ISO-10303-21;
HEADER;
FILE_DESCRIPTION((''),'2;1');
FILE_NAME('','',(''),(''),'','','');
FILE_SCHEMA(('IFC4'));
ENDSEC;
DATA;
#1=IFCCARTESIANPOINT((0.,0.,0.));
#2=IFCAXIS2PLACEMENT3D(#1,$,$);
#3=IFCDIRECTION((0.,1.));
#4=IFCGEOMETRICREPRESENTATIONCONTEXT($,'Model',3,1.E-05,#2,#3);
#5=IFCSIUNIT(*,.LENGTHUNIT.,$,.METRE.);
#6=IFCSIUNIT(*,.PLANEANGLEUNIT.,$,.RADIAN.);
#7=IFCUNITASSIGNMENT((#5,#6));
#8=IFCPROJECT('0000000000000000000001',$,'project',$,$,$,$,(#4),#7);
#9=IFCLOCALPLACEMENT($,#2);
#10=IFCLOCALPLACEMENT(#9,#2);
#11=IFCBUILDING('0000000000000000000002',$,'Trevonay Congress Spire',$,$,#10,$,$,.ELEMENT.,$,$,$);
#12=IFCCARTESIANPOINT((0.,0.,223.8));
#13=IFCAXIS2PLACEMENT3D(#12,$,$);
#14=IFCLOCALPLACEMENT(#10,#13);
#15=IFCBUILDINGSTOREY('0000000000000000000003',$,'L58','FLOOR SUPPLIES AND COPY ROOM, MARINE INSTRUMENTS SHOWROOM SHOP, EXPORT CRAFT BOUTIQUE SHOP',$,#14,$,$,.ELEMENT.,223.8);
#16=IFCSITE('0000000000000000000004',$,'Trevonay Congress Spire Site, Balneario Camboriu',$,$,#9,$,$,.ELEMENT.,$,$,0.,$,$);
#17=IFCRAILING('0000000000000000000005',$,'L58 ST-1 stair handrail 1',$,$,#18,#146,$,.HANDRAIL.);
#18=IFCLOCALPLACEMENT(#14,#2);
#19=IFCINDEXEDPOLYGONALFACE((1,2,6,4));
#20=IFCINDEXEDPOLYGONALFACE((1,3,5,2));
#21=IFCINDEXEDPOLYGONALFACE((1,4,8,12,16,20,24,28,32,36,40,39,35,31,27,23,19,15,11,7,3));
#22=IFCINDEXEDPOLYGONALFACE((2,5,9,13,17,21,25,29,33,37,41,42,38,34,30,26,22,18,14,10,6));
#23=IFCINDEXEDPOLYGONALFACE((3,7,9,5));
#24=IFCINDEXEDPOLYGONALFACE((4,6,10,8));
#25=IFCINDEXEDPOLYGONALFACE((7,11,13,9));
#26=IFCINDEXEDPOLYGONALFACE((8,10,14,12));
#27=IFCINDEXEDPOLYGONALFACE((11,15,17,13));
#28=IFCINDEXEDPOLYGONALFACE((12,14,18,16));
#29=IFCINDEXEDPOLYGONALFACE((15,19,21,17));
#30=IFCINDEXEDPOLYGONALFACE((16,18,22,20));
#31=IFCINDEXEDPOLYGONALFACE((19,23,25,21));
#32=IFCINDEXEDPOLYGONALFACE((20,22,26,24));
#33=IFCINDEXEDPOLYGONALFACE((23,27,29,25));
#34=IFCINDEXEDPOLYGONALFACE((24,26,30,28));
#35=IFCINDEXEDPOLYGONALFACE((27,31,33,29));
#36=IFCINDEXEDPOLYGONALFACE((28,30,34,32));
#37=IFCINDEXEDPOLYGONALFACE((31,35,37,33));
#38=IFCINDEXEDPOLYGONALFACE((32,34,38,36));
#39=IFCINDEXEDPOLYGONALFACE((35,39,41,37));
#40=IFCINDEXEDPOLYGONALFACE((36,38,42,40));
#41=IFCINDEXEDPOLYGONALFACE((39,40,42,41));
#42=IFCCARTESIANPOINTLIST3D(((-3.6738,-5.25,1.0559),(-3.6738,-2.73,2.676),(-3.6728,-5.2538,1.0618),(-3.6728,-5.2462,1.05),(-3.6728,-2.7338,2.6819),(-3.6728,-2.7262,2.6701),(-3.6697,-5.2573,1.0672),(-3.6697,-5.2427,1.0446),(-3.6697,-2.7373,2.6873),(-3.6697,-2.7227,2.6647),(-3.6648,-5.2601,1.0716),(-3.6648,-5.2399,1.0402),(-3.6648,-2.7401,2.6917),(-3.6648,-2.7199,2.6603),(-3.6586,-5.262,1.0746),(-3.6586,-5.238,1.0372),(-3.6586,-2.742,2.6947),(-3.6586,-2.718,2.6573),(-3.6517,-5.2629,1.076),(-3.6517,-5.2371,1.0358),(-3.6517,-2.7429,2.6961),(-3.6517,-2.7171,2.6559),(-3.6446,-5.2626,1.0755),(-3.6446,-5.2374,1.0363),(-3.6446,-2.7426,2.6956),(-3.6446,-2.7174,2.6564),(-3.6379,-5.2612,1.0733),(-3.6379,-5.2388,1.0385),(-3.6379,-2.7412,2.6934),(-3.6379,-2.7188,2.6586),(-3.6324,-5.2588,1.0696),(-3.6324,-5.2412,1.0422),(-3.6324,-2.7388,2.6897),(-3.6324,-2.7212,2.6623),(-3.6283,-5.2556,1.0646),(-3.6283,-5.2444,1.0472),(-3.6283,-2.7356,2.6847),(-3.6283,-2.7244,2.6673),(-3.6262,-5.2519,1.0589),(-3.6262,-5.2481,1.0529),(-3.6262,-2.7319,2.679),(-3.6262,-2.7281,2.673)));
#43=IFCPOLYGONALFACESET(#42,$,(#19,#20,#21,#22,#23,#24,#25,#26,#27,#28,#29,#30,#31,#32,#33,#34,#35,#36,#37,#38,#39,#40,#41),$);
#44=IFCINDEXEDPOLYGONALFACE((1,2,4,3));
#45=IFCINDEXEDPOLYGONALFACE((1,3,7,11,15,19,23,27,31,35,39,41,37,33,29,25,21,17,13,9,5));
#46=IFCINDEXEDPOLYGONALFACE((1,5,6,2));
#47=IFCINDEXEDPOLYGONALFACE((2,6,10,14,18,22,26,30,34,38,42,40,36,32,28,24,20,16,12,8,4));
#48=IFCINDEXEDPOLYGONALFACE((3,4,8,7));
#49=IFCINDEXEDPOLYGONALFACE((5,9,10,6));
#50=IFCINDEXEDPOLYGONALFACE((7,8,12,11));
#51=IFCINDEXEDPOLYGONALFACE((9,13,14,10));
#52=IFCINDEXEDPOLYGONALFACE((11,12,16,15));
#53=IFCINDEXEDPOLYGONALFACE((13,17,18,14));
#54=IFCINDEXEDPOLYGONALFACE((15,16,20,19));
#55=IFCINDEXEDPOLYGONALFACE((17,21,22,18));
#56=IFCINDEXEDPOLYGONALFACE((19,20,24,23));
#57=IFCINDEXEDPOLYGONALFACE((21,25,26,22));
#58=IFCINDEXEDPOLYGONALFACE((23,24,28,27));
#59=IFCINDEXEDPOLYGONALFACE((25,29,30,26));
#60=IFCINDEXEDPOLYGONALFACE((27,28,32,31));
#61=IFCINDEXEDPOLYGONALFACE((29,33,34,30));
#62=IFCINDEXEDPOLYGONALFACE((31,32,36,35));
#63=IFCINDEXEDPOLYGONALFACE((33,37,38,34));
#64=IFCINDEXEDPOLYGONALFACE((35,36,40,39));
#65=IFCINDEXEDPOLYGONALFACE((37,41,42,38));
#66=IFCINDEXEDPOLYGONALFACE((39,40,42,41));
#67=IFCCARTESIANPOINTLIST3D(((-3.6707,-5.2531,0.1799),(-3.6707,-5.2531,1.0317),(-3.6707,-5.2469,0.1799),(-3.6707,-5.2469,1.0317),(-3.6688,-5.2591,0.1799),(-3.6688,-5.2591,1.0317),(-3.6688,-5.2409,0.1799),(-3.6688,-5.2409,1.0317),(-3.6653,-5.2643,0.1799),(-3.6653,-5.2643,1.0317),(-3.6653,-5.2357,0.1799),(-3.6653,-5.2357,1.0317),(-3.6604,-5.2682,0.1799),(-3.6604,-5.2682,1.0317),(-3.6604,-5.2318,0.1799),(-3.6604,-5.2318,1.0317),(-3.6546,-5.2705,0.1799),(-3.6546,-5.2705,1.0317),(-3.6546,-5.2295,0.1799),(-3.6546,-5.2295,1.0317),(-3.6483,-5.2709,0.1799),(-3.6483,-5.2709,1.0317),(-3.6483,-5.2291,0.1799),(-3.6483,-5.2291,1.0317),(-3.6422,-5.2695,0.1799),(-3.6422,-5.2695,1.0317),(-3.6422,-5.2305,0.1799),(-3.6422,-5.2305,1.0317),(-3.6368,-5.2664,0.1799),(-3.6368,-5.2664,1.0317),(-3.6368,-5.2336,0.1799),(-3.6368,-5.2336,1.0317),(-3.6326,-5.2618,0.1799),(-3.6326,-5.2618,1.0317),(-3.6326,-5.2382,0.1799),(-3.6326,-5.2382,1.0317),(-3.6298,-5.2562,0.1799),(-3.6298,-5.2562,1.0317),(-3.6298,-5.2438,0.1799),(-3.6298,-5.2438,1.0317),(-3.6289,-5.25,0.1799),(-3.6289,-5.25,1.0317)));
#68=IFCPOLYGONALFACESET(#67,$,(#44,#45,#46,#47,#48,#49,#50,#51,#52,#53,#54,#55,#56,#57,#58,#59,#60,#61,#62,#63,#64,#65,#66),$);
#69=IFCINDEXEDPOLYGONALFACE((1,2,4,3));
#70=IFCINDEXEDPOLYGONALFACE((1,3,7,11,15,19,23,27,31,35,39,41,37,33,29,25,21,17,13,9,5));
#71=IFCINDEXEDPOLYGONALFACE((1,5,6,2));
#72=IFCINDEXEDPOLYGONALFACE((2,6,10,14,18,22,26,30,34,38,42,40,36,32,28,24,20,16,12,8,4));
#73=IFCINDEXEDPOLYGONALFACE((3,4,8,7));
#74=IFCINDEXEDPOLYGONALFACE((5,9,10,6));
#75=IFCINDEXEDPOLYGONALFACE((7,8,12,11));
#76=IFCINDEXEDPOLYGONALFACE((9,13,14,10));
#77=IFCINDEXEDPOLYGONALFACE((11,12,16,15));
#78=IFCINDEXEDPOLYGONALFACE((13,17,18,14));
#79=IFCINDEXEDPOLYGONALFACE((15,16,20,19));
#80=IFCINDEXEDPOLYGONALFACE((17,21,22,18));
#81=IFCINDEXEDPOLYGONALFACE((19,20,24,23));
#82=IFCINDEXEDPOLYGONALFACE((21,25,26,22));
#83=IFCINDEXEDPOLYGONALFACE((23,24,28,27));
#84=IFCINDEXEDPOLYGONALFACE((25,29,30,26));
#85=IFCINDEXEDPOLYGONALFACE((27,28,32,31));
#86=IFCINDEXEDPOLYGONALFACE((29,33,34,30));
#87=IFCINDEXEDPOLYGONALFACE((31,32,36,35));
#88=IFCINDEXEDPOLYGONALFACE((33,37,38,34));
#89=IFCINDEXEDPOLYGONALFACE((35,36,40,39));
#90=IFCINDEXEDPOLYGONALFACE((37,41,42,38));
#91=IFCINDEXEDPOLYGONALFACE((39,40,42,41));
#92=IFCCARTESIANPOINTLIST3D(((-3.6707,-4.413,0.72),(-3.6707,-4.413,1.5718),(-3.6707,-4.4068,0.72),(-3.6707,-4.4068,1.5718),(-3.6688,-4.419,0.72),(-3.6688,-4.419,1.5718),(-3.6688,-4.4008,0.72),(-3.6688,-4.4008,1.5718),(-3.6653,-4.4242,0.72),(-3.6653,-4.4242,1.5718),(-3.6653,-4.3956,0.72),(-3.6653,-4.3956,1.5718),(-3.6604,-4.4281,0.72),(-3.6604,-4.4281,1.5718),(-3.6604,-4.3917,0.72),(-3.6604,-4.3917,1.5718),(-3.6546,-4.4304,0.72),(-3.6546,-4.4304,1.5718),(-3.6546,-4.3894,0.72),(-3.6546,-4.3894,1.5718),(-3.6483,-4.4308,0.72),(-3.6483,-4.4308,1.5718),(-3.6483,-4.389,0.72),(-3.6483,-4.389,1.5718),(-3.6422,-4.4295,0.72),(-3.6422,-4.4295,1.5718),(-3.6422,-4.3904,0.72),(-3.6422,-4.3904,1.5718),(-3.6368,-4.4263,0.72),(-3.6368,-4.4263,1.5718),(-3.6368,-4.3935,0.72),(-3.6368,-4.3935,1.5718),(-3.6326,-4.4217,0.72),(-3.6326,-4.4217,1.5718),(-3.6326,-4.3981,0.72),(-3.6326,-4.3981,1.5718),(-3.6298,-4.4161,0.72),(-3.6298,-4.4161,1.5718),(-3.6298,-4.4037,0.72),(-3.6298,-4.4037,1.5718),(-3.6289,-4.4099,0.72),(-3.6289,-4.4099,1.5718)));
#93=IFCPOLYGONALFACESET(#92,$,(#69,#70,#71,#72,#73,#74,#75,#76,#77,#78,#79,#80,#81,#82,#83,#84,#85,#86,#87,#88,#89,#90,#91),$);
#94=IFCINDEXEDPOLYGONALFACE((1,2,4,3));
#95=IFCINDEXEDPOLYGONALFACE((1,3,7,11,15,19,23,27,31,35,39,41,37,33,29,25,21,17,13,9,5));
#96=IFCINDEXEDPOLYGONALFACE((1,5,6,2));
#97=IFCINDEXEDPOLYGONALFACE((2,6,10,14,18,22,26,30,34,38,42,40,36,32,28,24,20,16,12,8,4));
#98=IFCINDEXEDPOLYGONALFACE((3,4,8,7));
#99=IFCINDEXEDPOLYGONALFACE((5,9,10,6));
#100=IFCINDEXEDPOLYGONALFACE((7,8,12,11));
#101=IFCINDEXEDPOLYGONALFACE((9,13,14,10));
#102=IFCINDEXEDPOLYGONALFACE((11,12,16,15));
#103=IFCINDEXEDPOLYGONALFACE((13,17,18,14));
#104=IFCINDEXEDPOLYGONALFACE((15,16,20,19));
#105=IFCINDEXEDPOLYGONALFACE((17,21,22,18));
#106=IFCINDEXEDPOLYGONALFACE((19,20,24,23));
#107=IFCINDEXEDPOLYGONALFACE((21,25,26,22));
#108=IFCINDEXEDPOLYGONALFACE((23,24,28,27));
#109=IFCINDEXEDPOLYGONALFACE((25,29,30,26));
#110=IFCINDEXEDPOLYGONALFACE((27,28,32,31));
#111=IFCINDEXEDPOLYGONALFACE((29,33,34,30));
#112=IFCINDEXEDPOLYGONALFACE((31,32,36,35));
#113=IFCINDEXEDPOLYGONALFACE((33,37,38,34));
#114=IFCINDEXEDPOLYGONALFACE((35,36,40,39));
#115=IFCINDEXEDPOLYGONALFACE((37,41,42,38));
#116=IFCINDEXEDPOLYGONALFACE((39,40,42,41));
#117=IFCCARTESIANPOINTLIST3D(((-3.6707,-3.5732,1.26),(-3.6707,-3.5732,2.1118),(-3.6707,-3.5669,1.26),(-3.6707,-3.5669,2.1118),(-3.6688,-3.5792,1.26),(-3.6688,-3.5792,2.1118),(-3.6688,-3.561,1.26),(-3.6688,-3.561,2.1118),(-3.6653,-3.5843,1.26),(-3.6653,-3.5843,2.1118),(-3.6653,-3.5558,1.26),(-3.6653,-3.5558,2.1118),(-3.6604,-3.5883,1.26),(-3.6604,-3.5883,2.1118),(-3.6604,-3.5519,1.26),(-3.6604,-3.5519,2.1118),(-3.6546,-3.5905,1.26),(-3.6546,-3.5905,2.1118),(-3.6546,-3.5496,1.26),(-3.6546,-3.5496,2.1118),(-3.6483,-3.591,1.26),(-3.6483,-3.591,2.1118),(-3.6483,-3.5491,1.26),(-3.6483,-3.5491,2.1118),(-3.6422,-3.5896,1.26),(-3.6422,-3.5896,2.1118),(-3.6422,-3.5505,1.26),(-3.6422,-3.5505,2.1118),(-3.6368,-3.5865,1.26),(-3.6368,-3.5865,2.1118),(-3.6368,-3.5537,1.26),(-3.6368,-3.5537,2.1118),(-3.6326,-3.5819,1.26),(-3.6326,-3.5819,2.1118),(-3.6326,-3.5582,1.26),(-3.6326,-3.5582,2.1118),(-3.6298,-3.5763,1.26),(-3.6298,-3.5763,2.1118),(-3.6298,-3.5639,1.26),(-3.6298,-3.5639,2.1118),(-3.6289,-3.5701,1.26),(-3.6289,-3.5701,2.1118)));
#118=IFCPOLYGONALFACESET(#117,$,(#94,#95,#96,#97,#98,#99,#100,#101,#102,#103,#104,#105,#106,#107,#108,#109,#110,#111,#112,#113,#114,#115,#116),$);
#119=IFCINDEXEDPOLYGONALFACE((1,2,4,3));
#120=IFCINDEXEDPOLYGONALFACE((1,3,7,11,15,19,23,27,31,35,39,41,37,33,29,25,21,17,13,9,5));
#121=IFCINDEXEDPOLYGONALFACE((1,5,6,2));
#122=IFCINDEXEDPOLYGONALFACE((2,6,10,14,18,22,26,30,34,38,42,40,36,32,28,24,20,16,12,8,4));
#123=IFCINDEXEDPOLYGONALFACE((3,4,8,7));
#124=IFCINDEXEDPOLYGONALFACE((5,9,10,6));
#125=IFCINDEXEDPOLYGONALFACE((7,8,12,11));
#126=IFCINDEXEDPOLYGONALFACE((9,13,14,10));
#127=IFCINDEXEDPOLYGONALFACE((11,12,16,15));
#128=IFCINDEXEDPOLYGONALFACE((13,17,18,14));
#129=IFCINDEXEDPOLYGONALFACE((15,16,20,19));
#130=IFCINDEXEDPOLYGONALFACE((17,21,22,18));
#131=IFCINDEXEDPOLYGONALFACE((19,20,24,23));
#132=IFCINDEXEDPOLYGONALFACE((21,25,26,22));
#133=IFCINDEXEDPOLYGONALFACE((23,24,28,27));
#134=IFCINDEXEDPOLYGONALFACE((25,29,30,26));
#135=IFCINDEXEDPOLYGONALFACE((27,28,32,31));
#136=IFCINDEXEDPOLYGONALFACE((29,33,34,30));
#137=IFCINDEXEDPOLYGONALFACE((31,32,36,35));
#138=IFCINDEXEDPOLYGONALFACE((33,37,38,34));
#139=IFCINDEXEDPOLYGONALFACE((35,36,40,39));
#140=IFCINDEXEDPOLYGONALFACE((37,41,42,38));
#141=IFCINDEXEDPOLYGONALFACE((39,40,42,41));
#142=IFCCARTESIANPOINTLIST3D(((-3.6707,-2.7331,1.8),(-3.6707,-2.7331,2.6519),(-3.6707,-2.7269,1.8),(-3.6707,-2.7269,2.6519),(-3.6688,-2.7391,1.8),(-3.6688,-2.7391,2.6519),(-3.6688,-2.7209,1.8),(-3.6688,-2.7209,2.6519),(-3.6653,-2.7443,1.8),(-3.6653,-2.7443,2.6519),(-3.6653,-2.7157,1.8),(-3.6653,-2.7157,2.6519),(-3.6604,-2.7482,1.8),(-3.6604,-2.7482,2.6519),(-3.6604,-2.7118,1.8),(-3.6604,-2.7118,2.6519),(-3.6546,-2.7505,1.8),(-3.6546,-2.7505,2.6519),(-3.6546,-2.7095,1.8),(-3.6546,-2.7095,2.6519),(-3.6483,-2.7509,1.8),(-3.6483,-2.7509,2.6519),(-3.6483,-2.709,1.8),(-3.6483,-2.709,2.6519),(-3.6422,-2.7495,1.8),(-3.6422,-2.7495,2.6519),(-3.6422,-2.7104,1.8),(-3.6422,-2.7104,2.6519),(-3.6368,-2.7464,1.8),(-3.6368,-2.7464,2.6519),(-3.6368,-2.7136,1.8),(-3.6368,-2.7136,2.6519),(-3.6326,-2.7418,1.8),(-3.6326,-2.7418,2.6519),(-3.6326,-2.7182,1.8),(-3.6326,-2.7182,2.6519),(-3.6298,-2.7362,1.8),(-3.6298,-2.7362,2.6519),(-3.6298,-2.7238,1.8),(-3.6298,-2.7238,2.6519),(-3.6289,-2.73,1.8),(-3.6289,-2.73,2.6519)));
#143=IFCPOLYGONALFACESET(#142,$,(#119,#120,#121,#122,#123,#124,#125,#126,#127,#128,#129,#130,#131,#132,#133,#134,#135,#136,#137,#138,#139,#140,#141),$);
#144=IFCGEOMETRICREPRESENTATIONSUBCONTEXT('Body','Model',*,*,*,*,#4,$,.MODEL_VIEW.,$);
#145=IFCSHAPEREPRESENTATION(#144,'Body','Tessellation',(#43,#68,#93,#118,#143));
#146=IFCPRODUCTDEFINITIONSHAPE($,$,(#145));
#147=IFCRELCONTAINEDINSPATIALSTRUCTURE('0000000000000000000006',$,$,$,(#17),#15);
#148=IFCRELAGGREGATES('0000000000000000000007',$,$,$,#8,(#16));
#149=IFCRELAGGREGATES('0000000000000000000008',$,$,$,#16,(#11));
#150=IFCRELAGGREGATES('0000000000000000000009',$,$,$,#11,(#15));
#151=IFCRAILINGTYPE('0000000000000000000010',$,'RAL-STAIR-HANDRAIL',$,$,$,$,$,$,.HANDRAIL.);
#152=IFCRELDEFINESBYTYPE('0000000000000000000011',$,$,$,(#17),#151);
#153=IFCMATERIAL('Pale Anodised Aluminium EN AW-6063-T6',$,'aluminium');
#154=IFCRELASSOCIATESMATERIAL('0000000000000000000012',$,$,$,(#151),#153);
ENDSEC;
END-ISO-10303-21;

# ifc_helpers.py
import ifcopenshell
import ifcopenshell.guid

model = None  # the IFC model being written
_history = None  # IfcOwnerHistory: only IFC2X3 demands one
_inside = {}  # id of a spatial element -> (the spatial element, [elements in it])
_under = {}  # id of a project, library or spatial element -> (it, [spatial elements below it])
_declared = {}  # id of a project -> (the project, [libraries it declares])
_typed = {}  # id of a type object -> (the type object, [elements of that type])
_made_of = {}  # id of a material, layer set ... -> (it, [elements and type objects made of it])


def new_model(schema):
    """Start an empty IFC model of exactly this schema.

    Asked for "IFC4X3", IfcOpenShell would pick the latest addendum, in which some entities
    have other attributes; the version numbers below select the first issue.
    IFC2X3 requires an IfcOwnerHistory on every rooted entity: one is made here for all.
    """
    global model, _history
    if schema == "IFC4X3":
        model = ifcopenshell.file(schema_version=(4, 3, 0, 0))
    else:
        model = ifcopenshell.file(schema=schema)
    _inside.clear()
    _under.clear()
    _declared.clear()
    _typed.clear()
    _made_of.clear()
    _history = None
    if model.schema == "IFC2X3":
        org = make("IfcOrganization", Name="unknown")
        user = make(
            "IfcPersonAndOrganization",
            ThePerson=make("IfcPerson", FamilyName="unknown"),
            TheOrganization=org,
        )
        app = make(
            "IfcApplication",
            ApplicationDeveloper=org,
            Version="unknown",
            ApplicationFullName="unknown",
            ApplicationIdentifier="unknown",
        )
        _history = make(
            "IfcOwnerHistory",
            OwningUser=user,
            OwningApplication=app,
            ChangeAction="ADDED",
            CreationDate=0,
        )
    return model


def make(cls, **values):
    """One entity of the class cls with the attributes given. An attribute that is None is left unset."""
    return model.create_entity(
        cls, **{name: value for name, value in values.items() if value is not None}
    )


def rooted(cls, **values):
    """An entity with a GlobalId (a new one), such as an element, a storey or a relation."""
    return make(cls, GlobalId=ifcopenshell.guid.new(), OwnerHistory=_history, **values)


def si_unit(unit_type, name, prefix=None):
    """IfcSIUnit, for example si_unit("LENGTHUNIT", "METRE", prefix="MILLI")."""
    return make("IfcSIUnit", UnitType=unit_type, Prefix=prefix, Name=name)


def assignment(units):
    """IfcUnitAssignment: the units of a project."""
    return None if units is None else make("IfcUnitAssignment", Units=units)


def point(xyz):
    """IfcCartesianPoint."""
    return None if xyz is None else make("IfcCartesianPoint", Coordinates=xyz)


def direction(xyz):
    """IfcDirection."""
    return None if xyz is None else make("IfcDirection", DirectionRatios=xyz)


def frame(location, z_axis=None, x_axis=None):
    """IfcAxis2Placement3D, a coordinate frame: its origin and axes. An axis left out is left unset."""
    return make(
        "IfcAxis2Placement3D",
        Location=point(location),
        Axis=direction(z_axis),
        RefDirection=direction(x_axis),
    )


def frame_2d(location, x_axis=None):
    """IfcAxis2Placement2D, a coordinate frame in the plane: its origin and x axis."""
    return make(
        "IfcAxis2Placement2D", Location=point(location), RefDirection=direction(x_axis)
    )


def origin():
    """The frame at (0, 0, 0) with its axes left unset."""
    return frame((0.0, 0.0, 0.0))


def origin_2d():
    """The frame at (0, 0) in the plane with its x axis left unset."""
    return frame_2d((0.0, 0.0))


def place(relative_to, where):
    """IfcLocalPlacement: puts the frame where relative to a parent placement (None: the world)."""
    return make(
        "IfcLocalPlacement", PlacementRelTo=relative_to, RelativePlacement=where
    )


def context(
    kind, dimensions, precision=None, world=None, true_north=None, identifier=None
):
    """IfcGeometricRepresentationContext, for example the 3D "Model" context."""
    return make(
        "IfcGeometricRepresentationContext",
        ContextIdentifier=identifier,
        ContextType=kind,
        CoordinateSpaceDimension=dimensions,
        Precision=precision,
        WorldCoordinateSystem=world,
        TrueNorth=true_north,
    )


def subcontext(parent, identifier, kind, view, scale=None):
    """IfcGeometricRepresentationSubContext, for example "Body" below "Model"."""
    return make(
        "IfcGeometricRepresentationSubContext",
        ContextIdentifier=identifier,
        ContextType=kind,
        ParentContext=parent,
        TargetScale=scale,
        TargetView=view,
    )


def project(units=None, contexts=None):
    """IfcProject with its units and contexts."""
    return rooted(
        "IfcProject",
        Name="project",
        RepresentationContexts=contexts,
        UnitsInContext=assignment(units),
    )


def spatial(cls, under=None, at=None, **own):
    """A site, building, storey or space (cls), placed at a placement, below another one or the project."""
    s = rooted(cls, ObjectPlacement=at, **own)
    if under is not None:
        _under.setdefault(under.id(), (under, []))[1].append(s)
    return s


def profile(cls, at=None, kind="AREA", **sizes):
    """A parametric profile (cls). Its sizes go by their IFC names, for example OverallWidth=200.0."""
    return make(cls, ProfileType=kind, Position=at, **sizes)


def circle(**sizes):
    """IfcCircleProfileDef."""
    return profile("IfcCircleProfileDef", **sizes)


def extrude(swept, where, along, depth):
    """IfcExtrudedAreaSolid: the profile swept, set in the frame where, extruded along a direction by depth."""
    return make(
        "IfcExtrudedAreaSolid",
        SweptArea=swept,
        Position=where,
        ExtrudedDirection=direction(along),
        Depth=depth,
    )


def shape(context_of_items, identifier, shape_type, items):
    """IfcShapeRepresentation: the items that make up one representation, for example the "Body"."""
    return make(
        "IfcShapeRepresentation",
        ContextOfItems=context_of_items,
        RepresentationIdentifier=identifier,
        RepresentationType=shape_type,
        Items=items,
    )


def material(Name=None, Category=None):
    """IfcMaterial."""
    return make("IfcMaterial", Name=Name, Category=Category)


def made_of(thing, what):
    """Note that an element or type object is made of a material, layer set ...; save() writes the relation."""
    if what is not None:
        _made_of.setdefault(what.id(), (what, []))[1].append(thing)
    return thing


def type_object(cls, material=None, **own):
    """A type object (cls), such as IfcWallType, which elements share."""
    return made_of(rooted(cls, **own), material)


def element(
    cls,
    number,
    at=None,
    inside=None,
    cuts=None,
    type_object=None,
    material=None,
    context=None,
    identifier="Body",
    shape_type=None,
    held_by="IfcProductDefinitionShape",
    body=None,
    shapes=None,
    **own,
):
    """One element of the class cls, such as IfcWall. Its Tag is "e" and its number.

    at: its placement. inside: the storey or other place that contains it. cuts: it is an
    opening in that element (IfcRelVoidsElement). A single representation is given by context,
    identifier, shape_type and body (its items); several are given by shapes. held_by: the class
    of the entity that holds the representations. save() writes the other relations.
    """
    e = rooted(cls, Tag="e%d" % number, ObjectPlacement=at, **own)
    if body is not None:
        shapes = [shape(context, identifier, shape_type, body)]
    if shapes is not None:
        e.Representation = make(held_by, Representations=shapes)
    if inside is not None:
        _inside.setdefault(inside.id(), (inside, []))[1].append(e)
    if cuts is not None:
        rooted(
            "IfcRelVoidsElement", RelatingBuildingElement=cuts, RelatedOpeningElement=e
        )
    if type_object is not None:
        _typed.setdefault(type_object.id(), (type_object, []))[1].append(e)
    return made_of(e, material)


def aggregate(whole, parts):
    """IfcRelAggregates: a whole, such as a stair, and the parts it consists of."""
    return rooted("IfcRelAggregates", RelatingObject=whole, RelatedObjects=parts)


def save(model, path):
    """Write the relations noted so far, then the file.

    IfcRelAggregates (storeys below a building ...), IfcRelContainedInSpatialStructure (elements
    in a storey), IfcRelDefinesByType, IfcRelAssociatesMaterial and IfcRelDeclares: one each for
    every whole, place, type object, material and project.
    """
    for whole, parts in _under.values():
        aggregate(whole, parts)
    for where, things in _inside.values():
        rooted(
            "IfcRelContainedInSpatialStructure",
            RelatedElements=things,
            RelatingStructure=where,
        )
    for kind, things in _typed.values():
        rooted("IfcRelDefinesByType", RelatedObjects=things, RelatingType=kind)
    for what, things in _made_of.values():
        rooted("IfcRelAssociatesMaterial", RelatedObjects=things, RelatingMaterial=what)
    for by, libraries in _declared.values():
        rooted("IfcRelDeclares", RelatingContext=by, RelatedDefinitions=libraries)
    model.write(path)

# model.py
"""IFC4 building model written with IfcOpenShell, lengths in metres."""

from ifc_helpers import new_model, si_unit, direction, frame, origin, origin_2d, place, context, subcontext, project, spatial, circle, extrude, material, type_object, element, save


model = new_model("IFC4")

# Units and contexts
model_context = context("Model", 3, precision=1e-05, world=origin(), true_north=direction((0.0, 1.0)))
body_context = subcontext(model_context, "Body", "Model", "MODEL_VIEW")
ifc_project = project(units=[si_unit("LENGTHUNIT", "METRE"), si_unit("PLANEANGLEUNIT", "RADIAN")], contexts=[model_context])

# Site, building, storey
site_placement = place(None, origin())
site = spatial("IfcSite", under=ifc_project, at=site_placement, Name="Trevonay Congress Spire Site, Balneario Camboriu", CompositionType="ELEMENT", RefElevation=0.0)
building_placement = place(site_placement, origin())
building = spatial("IfcBuilding", under=site, at=building_placement, Name="Trevonay Congress Spire", CompositionType="ELEMENT")
storey_placement = place(building_placement, frame((0.0, 0.0, 223.8)))
storey = spatial("IfcBuildingStorey", under=building, at=storey_placement, Name="L58", Description="FLOOR SUPPLIES AND COPY ROOM, MARINE INSTRUMENTS SHOWROOM SHOP, EXPORT CRAFT BOUTIQUE SHOP", CompositionType="ELEMENT", Elevation=223.8)

# Railing
ifc_material_1 = material(Name="Pale Anodised Aluminium EN AW-6063-T6", Category="aluminium")
railing_type_1 = type_object("IfcRailingType", Name="RAL-STAIR-HANDRAIL", PredefinedType="HANDRAIL", material=ifc_material_1)
railing_1_placement = place(storey_placement, frame((-3.6499, -5.25, 0.1799)))
element("IfcRailing", 1, at=railing_1_placement, inside=storey, type_object=railing_type_1, Name="L58 ST-1 stair handrail 1", PredefinedType="HANDRAIL", context=body_context, shape_type="SweptSolid", body=[
    extrude(circle(Radius=0.0239, at=origin_2d()), frame((0.0, 0.0, 0.876), z_axis=(0.0, 0.841163, 0.540782), x_axis=(-1.0, 0.0, 0.0)), (0.0, 0.0, 1.0), 2.9958),
    extrude(circle(Radius=0.021, at=origin_2d()), origin(), (0.0, 0.0, 1.0), 0.8518),
    extrude(circle(Radius=0.021, at=origin_2d()), frame((0.0, 0.8401, 0.54)), (0.0, 0.0, 1.0), 0.8518),
    extrude(circle(Radius=0.021, at=origin_2d()), frame((0.0, 1.6799, 1.0801)), (0.0, 0.0, 1.0), 0.8518),
    extrude(circle(Radius=0.021, at=origin_2d()), frame((0.0, 2.52, 1.6201)), (0.0, 0.0, 1.0), 0.8518),
])

save(model, "model.ifc")
